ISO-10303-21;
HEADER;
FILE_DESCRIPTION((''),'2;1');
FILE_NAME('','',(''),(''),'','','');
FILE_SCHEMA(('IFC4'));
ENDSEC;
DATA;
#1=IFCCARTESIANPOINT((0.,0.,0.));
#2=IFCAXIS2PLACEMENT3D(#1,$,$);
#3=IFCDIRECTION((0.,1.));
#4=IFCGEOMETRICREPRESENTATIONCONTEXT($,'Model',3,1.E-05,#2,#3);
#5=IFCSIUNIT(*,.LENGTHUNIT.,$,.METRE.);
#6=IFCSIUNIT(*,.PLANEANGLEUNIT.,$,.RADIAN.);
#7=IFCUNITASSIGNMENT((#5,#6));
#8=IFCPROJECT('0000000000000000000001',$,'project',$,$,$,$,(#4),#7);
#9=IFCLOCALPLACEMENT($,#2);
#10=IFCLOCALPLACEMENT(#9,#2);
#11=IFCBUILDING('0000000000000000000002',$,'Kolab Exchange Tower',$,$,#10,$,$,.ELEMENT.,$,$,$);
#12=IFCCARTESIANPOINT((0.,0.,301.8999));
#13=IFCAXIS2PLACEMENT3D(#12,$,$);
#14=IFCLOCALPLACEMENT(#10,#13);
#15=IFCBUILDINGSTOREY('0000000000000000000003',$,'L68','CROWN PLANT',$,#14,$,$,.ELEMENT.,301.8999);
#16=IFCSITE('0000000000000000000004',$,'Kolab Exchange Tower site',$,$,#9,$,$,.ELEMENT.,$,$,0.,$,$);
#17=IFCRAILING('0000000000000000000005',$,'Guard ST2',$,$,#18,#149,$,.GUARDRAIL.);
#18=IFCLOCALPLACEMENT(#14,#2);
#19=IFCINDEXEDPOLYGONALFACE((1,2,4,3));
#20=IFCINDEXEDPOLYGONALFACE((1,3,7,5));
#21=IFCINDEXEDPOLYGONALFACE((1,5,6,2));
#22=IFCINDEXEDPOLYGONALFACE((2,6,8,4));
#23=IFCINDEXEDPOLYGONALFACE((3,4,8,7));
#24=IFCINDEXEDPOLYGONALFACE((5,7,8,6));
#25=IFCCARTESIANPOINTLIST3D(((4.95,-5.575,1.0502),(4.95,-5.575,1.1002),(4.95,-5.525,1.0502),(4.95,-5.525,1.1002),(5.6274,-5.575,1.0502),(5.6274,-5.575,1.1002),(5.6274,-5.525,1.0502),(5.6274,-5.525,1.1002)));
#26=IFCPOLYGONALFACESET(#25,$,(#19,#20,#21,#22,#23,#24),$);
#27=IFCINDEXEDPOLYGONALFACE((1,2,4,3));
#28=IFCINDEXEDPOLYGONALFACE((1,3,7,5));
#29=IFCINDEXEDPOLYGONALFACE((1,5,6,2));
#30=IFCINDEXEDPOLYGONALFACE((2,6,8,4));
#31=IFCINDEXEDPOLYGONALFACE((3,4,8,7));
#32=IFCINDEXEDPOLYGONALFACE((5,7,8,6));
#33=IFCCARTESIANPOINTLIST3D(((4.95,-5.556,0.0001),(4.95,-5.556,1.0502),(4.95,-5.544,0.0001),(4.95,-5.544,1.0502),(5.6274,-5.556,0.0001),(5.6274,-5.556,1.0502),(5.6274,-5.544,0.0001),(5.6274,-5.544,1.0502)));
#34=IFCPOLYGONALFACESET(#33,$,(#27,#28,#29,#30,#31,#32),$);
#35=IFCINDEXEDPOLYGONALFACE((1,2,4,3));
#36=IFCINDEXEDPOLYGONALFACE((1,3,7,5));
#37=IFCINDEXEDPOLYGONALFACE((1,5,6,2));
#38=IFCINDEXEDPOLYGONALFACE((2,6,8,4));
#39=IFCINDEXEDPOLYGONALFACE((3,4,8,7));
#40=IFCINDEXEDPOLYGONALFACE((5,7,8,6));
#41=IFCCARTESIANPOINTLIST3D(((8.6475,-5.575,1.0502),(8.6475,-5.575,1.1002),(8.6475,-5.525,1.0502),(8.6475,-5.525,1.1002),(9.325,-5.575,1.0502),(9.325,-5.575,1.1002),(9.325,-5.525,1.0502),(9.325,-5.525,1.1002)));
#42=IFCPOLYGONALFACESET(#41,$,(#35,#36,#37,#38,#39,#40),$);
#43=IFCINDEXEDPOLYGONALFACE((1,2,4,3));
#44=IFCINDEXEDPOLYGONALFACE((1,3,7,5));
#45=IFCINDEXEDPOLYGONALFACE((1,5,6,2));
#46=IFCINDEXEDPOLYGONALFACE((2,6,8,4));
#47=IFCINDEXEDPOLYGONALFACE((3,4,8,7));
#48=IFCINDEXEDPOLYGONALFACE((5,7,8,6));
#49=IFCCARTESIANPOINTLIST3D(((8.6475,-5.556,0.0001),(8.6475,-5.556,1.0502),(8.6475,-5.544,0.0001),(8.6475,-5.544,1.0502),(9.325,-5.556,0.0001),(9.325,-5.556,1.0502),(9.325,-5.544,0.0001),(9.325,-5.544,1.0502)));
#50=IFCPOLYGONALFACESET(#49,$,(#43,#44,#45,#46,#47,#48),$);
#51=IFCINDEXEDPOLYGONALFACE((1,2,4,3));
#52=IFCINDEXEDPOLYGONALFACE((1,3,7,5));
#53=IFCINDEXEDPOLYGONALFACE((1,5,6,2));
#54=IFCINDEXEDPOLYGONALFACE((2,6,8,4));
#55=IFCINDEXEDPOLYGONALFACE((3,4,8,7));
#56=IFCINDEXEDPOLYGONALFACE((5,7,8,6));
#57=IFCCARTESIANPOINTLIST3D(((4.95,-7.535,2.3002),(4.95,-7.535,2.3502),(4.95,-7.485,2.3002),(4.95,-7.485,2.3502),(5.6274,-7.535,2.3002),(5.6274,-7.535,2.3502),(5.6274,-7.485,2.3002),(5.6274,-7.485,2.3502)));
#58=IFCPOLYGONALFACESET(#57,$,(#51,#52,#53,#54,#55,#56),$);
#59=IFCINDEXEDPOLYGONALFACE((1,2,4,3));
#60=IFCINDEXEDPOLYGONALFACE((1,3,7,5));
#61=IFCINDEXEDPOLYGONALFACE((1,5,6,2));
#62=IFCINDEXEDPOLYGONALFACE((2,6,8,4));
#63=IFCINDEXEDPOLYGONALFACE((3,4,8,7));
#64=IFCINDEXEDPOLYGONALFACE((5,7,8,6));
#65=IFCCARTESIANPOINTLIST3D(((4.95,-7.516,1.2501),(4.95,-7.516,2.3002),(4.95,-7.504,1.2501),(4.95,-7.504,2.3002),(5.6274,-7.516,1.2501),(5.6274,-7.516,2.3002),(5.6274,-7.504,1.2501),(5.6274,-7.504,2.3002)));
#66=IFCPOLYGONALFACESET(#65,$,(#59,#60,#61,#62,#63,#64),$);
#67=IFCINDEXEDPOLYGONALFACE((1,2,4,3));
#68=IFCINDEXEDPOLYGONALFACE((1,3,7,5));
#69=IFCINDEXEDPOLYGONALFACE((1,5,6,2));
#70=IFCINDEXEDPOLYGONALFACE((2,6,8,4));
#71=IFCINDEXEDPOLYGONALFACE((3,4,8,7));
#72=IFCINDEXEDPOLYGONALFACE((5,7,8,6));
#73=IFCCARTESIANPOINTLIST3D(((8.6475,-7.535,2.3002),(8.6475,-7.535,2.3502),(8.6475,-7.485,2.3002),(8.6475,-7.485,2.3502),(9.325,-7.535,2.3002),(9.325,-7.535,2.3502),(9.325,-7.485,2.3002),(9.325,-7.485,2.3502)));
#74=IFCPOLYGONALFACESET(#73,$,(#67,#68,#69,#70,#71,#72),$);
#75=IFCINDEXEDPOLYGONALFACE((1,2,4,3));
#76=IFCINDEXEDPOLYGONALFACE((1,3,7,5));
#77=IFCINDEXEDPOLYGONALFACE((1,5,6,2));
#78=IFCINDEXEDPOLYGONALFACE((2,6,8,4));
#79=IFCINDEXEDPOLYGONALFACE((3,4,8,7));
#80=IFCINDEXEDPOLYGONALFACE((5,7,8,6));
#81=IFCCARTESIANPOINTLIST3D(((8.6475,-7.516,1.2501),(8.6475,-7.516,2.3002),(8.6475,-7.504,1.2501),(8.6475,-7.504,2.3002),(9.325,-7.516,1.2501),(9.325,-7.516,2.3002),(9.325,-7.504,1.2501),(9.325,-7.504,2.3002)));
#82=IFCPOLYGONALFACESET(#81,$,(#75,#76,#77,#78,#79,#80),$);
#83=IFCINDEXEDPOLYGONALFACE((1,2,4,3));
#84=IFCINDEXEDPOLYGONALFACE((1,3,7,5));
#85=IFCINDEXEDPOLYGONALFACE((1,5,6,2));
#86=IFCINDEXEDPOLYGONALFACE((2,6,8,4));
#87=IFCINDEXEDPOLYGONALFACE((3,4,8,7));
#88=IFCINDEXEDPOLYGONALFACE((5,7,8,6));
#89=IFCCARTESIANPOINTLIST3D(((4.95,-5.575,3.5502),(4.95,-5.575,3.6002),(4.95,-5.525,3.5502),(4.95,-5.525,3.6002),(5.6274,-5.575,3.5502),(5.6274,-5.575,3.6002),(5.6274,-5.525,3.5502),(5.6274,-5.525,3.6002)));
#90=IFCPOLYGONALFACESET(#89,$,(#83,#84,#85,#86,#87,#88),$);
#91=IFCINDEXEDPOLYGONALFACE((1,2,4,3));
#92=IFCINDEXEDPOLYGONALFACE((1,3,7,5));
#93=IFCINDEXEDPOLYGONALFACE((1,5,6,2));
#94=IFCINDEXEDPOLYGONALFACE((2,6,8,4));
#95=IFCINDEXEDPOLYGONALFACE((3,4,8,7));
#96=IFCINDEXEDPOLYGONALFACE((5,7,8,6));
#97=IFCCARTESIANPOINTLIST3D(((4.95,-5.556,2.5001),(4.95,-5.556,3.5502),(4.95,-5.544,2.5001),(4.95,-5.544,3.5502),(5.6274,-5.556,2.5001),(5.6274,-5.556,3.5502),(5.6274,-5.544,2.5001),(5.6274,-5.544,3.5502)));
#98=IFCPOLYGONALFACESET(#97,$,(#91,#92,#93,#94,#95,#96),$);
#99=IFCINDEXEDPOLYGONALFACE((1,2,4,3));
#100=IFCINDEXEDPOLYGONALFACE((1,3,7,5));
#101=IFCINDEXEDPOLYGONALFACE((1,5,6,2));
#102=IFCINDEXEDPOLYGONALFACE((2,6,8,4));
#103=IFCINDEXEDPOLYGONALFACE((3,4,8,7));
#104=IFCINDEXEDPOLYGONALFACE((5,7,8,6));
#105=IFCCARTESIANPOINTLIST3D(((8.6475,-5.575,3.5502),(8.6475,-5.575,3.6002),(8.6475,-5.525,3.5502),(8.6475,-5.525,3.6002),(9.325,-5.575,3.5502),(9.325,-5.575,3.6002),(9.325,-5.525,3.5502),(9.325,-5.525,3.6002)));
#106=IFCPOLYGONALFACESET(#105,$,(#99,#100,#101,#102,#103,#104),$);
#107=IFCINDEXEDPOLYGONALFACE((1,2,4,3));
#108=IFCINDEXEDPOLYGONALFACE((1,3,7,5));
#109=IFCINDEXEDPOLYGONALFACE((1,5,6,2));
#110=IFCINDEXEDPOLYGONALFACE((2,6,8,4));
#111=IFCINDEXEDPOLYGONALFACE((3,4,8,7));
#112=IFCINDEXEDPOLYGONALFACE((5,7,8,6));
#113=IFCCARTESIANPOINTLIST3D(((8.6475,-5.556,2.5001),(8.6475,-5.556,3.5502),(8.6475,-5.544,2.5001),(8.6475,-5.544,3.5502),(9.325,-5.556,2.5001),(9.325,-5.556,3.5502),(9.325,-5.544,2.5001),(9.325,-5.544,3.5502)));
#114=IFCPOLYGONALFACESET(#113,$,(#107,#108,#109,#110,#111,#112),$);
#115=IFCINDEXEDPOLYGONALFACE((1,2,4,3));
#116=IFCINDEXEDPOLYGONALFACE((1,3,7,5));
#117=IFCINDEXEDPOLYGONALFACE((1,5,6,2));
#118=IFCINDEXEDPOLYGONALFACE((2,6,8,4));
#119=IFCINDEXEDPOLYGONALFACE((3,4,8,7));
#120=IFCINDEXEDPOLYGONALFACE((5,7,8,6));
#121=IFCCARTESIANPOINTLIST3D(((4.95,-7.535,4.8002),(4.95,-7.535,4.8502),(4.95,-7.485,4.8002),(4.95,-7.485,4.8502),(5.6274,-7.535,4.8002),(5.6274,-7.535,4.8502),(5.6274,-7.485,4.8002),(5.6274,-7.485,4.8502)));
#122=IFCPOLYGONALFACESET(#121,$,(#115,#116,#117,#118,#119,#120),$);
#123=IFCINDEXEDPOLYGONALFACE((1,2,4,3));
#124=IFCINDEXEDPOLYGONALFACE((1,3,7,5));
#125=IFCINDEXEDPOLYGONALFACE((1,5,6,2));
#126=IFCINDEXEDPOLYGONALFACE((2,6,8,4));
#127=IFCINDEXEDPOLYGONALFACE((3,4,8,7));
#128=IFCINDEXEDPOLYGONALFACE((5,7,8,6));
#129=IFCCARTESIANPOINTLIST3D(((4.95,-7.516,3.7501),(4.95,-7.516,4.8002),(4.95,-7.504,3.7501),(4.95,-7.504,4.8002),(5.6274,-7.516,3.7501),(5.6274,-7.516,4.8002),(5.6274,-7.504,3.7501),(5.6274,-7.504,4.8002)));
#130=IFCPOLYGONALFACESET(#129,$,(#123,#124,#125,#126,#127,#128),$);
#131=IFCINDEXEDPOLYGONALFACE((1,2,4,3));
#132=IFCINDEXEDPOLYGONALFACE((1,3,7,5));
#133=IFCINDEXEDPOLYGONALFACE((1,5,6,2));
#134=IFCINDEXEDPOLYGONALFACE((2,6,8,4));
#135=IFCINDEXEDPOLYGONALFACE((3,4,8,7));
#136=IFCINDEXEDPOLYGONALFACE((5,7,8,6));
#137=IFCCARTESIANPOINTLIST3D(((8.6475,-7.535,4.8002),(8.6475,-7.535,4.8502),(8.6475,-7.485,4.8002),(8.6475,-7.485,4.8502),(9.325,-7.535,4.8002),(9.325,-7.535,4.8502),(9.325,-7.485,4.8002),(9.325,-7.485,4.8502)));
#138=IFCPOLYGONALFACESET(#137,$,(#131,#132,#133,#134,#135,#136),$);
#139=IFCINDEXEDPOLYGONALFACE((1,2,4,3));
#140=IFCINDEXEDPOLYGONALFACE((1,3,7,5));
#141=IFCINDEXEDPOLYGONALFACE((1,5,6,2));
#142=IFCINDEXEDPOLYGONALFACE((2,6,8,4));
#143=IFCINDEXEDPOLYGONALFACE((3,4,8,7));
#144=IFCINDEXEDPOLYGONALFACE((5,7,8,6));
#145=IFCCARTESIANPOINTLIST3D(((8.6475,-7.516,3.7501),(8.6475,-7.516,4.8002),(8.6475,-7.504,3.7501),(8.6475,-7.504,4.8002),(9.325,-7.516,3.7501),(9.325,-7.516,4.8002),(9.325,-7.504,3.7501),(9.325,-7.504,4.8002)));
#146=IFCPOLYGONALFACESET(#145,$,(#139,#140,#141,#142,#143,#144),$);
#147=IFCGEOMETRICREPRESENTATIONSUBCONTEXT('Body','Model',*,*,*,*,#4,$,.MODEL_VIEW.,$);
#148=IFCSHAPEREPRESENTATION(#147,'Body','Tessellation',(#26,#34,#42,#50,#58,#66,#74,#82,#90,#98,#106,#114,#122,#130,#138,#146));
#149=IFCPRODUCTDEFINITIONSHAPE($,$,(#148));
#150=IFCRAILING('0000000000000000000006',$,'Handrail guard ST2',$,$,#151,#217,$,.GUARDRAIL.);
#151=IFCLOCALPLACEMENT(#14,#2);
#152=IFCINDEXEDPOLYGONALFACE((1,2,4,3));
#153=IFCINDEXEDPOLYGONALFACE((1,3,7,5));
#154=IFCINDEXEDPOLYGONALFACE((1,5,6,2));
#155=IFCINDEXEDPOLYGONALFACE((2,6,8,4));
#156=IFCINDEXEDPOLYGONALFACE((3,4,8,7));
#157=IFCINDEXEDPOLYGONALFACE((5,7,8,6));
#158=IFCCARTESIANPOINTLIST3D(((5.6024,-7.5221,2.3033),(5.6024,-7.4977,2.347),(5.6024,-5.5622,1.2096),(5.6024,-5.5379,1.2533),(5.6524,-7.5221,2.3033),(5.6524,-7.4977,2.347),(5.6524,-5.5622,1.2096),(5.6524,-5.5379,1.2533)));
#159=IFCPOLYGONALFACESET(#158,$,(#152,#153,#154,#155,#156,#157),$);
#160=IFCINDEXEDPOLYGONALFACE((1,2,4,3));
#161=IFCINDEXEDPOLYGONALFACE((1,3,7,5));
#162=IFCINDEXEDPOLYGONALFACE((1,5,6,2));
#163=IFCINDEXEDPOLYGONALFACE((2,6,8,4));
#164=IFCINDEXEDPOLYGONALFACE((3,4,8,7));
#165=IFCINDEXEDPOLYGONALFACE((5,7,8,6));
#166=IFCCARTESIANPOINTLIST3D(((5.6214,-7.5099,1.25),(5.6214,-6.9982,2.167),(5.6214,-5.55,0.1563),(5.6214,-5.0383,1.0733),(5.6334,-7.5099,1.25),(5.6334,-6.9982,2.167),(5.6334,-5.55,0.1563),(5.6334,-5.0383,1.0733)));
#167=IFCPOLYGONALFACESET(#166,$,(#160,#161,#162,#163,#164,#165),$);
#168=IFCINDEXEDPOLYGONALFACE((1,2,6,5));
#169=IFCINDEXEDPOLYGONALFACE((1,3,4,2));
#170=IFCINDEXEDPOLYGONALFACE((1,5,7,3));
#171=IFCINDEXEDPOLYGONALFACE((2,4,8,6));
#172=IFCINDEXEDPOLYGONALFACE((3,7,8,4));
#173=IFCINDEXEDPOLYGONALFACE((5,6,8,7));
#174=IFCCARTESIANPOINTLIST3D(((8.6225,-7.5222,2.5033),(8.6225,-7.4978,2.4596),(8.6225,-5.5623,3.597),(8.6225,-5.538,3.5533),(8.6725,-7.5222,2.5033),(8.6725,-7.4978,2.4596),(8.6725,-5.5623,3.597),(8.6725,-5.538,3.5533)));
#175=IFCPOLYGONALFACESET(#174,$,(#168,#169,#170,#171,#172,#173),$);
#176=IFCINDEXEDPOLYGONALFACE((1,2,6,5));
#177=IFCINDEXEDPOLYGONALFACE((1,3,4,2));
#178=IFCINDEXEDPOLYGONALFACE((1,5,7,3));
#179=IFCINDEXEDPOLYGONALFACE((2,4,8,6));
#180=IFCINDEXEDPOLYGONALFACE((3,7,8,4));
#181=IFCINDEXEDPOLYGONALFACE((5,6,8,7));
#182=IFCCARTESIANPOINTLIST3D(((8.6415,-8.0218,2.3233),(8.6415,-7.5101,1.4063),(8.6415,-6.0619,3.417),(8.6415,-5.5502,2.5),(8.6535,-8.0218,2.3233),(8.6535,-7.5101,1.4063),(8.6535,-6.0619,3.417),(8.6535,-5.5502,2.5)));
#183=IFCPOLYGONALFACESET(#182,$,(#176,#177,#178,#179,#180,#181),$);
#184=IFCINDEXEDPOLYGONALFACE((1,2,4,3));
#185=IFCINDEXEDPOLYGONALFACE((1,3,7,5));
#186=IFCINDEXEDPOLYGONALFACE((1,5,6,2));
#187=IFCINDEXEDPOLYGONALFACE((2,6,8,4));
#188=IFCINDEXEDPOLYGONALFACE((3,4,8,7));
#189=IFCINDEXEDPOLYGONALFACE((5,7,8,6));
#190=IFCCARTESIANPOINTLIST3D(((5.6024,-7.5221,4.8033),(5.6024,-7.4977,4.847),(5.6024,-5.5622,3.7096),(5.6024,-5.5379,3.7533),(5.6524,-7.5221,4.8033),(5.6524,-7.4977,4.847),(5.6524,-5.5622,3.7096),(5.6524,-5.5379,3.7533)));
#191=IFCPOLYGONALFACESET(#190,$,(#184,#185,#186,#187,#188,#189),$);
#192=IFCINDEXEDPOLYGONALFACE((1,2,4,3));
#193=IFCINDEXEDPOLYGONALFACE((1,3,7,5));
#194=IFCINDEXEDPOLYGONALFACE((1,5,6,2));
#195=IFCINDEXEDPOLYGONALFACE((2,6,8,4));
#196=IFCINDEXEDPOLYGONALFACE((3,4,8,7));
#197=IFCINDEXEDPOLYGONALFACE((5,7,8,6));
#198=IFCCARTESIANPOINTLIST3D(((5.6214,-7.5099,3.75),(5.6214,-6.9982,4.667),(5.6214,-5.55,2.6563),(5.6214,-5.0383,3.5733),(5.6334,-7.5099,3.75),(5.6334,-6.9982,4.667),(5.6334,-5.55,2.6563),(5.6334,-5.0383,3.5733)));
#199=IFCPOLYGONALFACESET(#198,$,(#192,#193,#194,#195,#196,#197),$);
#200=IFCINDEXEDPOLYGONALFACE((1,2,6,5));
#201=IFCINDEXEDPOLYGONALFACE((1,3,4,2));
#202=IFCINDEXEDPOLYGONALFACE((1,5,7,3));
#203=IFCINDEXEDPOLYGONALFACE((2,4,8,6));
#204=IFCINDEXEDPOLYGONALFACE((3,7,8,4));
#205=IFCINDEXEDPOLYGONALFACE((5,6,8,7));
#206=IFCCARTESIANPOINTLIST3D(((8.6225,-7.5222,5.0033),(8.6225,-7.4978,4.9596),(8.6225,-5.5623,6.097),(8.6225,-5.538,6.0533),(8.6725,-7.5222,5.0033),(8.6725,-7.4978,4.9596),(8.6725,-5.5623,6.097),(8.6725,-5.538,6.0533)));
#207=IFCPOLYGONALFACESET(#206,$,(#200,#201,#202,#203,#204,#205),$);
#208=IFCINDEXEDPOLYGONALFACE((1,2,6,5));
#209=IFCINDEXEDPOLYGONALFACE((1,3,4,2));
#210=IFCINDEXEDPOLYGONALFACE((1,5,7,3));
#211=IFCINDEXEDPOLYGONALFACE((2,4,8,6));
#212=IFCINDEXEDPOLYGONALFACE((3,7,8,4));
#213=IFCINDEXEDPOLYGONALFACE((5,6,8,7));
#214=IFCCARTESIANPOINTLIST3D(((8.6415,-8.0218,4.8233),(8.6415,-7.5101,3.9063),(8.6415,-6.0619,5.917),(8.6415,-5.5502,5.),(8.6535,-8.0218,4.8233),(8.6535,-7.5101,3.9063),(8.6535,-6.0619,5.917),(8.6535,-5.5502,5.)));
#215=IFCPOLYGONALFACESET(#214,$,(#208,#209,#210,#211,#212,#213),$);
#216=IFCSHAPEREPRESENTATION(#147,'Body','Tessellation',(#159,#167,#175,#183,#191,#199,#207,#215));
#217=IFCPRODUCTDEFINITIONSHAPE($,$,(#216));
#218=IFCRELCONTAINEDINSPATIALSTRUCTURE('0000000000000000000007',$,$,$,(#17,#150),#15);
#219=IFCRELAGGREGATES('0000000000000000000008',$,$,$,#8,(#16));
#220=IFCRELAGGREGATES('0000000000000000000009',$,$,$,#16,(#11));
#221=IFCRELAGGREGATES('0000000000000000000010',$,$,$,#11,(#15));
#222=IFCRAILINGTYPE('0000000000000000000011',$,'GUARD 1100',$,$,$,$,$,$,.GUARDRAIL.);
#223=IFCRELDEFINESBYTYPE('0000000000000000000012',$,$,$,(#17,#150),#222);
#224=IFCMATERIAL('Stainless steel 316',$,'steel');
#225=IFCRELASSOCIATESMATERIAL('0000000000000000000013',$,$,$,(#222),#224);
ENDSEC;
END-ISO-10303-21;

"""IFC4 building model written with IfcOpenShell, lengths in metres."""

from ifc_helpers import new_model, si_unit, direction, frame, frame_2d, origin, origin_2d, place, context, subcontext, project, spatial, rectangle, extrude, material, type_object, element, save


model = new_model("IFC4")

# Units and contexts
model_context = context("Model", 3, precision=1e-05, world=origin(), true_north=direction((0.0, 1.0)))
body_context = subcontext(model_context, "Body", "Model", "MODEL_VIEW")
ifc_project = project(units=[si_unit("LENGTHUNIT", "METRE"), si_unit("PLANEANGLEUNIT", "RADIAN")], contexts=[model_context])

# Site, building, storey
site_placement = place(None, origin())
site = spatial("IfcSite", under=ifc_project, at=site_placement, Name="Kolab Exchange Tower site", CompositionType="ELEMENT", RefElevation=0.0)
building_placement = place(site_placement, origin())
building = spatial("IfcBuilding", under=site, at=building_placement, Name="Kolab Exchange Tower", CompositionType="ELEMENT")
storey_placement = place(building_placement, frame((0.0, 0.0, 301.8999)))
storey = spatial("IfcBuildingStorey", under=building, at=storey_placement, Name="L68", Description="CROWN PLANT", CompositionType="ELEMENT", Elevation=301.8999)

# Shared definitions
ifc_material_1 = material(Name="Stainless steel 316", Category="steel")

# Railings
railing_type = type_object("IfcRailingType", Name="GUARD 1100", PredefinedType="GUARDRAIL", material=ifc_material_1)
railing_1_placement = place(storey_placement, frame((4.95, -5.55, 0.0)))
element("IfcRailing", 1, at=railing_1_placement, inside=storey, type_object=railing_type, Name="Guard ST2", PredefinedType="GUARDRAIL", context=body_context, shape_type="SweptSolid", body=[
    extrude(rectangle(XDim=0.05, YDim=0.05, at=origin_2d()), frame((0.0, 0.0, 1.0752), z_axis=(1.0, 0.0, 0.0), x_axis=(0.0, 1.0, 0.0)), (0.0, 0.0, 1.0), 0.6775),
    extrude(rectangle(XDim=0.012, YDim=1.0501, at=frame_2d((0.0, 0.5251))), frame((0.0, 0.0, 0.0), z_axis=(1.0, 0.0, 0.0), x_axis=(0.0, 1.0, 0.0)), (0.0, 0.0, 1.0), 0.6775),
    extrude(rectangle(XDim=0.05, YDim=0.05, at=origin_2d()), frame((3.6975, 0.0, 1.0752), z_axis=(1.0, 0.0, 0.0), x_axis=(0.0, 1.0, 0.0)), (0.0, 0.0, 1.0), 0.6775),
    extrude(rectangle(XDim=0.012, YDim=1.0501, at=frame_2d((0.0, 0.5251))), frame((3.6975, 0.0, 0.0), z_axis=(1.0, 0.0, 0.0), x_axis=(0.0, 1.0, 0.0)), (0.0, 0.0, 1.0), 0.6775),
    extrude(rectangle(XDim=0.05, YDim=0.05, at=origin_2d()), frame((0.0, -1.96, 2.3252), z_axis=(1.0, 0.0, 0.0), x_axis=(0.0, 1.0, 0.0)), (0.0, 0.0, 1.0), 0.6775),
    extrude(rectangle(XDim=0.012, YDim=1.0501, at=frame_2d((0.0, 0.5251))), frame((0.0, -1.96, 1.25), z_axis=(1.0, 0.0, 0.0), x_axis=(0.0, 1.0, 0.0)), (0.0, 0.0, 1.0), 0.6775),
    extrude(rectangle(XDim=0.05, YDim=0.05, at=origin_2d()), frame((3.6975, -1.96, 2.3252), z_axis=(1.0, 0.0, 0.0), x_axis=(0.0, 1.0, 0.0)), (0.0, 0.0, 1.0), 0.6775),
    extrude(rectangle(XDim=0.012, YDim=1.0501, at=frame_2d((0.0, 0.5251))), frame((3.6975, -1.96, 1.25), z_axis=(1.0, 0.0, 0.0), x_axis=(0.0, 1.0, 0.0)), (0.0, 0.0, 1.0), 0.6775),
    extrude(rectangle(XDim=0.05, YDim=0.05, at=origin_2d()), frame((0.0, 0.0, 3.5752), z_axis=(1.0, 0.0, 0.0), x_axis=(0.0, 1.0, 0.0)), (0.0, 0.0, 1.0), 0.6775),
    extrude(rectangle(XDim=0.012, YDim=1.0501, at=frame_2d((0.0, 0.5251))), frame((0.0, 0.0, 2.5), z_axis=(1.0, 0.0, 0.0), x_axis=(0.0, 1.0, 0.0)), (0.0, 0.0, 1.0), 0.6775),
    extrude(rectangle(XDim=0.05, YDim=0.05, at=origin_2d()), frame((3.6975, 0.0, 3.5752), z_axis=(1.0, 0.0, 0.0), x_axis=(0.0, 1.0, 0.0)), (0.0, 0.0, 1.0), 0.6775),
    extrude(rectangle(XDim=0.012, YDim=1.0501, at=frame_2d((0.0, 0.5251))), frame((3.6975, 0.0, 2.5), z_axis=(1.0, 0.0, 0.0), x_axis=(0.0, 1.0, 0.0)), (0.0, 0.0, 1.0), 0.6775),
    extrude(rectangle(XDim=0.05, YDim=0.05, at=origin_2d()), frame((0.0, -1.96, 4.8252), z_axis=(1.0, 0.0, 0.0), x_axis=(0.0, 1.0, 0.0)), (0.0, 0.0, 1.0), 0.6775),
    extrude(rectangle(XDim=0.012, YDim=1.0501, at=frame_2d((0.0, 0.5251))), frame((0.0, -1.96, 3.75), z_axis=(1.0, 0.0, 0.0), x_axis=(0.0, 1.0, 0.0)), (0.0, 0.0, 1.0), 0.6775),
    extrude(rectangle(XDim=0.05, YDim=0.05, at=origin_2d()), frame((3.6975, -1.96, 4.8252), z_axis=(1.0, 0.0, 0.0), x_axis=(0.0, 1.0, 0.0)), (0.0, 0.0, 1.0), 0.6775),
    extrude(rectangle(XDim=0.012, YDim=1.0501, at=frame_2d((0.0, 0.5251))), frame((3.6975, -1.96, 3.75), z_axis=(1.0, 0.0, 0.0), x_axis=(0.0, 1.0, 0.0)), (0.0, 0.0, 1.0), 0.6775),
])
railing_2_placement = place(storey_placement, frame((5.6274, -5.55, 0.1562)))
element("IfcRailing", 2, at=railing_2_placement, inside=storey, type_object=railing_type, Name="Handrail guard ST2", PredefinedType="GUARDRAIL", context=body_context, shape_type="SweptSolid", body=[
    extrude(rectangle(XDim=0.05, YDim=0.05, at=origin_2d()), frame((0.0, 0.0, 1.0752), z_axis=(0.0, -0.873232, 0.487304), x_axis=(1.0, 0.0, 0.0)), (0.0, 0.0, 1.0), 2.2444),
    extrude(rectangle(XDim=0.012, YDim=1.0501, at=frame_2d((0.0, 0.5251))), frame((0.0, 0.0, 0.0), z_axis=(0.0, -0.873232, 0.487304), x_axis=(1.0, 0.0, 0.0)), (0.0, 0.0, 1.0), 2.2444),
    extrude(rectangle(XDim=0.05, YDim=0.05, at=origin_2d()), frame((3.02, -1.96, 2.3252), z_axis=(0.0, 0.873232, 0.487304), x_axis=(-1.0, 0.0, 0.0)), (0.0, 0.0, 1.0), 2.2444),
    extrude(rectangle(XDim=0.012, YDim=1.0501, at=frame_2d((0.0, 0.5251))), frame((3.02, -1.96, 1.25), z_axis=(0.0, 0.873232, 0.487304), x_axis=(-1.0, 0.0, 0.0)), (0.0, 0.0, 1.0), 2.2444),
    extrude(rectangle(XDim=0.05, YDim=0.05, at=origin_2d()), frame((0.0, 0.0, 3.5752), z_axis=(0.0, -0.873232, 0.487304), x_axis=(1.0, 0.0, 0.0)), (0.0, 0.0, 1.0), 2.2444),
    extrude(rectangle(XDim=0.012, YDim=1.0501, at=frame_2d((0.0, 0.5251))), frame((0.0, 0.0, 2.5), z_axis=(0.0, -0.873232, 0.487304), x_axis=(1.0, 0.0, 0.0)), (0.0, 0.0, 1.0), 2.2444),
    extrude(rectangle(XDim=0.05, YDim=0.05, at=origin_2d()), frame((3.02, -1.96, 4.8252), z_axis=(0.0, 0.873232, 0.487304), x_axis=(-1.0, 0.0, 0.0)), (0.0, 0.0, 1.0), 2.2444),
    extrude(rectangle(XDim=0.012, YDim=1.0501, at=frame_2d((0.0, 0.5251))), frame((3.02, -1.96, 3.75), z_axis=(0.0, 0.873232, 0.487304), x_axis=(-1.0, 0.0, 0.0)), (0.0, 0.0, 1.0), 2.2444),
])

save(model, "model.ifc")
